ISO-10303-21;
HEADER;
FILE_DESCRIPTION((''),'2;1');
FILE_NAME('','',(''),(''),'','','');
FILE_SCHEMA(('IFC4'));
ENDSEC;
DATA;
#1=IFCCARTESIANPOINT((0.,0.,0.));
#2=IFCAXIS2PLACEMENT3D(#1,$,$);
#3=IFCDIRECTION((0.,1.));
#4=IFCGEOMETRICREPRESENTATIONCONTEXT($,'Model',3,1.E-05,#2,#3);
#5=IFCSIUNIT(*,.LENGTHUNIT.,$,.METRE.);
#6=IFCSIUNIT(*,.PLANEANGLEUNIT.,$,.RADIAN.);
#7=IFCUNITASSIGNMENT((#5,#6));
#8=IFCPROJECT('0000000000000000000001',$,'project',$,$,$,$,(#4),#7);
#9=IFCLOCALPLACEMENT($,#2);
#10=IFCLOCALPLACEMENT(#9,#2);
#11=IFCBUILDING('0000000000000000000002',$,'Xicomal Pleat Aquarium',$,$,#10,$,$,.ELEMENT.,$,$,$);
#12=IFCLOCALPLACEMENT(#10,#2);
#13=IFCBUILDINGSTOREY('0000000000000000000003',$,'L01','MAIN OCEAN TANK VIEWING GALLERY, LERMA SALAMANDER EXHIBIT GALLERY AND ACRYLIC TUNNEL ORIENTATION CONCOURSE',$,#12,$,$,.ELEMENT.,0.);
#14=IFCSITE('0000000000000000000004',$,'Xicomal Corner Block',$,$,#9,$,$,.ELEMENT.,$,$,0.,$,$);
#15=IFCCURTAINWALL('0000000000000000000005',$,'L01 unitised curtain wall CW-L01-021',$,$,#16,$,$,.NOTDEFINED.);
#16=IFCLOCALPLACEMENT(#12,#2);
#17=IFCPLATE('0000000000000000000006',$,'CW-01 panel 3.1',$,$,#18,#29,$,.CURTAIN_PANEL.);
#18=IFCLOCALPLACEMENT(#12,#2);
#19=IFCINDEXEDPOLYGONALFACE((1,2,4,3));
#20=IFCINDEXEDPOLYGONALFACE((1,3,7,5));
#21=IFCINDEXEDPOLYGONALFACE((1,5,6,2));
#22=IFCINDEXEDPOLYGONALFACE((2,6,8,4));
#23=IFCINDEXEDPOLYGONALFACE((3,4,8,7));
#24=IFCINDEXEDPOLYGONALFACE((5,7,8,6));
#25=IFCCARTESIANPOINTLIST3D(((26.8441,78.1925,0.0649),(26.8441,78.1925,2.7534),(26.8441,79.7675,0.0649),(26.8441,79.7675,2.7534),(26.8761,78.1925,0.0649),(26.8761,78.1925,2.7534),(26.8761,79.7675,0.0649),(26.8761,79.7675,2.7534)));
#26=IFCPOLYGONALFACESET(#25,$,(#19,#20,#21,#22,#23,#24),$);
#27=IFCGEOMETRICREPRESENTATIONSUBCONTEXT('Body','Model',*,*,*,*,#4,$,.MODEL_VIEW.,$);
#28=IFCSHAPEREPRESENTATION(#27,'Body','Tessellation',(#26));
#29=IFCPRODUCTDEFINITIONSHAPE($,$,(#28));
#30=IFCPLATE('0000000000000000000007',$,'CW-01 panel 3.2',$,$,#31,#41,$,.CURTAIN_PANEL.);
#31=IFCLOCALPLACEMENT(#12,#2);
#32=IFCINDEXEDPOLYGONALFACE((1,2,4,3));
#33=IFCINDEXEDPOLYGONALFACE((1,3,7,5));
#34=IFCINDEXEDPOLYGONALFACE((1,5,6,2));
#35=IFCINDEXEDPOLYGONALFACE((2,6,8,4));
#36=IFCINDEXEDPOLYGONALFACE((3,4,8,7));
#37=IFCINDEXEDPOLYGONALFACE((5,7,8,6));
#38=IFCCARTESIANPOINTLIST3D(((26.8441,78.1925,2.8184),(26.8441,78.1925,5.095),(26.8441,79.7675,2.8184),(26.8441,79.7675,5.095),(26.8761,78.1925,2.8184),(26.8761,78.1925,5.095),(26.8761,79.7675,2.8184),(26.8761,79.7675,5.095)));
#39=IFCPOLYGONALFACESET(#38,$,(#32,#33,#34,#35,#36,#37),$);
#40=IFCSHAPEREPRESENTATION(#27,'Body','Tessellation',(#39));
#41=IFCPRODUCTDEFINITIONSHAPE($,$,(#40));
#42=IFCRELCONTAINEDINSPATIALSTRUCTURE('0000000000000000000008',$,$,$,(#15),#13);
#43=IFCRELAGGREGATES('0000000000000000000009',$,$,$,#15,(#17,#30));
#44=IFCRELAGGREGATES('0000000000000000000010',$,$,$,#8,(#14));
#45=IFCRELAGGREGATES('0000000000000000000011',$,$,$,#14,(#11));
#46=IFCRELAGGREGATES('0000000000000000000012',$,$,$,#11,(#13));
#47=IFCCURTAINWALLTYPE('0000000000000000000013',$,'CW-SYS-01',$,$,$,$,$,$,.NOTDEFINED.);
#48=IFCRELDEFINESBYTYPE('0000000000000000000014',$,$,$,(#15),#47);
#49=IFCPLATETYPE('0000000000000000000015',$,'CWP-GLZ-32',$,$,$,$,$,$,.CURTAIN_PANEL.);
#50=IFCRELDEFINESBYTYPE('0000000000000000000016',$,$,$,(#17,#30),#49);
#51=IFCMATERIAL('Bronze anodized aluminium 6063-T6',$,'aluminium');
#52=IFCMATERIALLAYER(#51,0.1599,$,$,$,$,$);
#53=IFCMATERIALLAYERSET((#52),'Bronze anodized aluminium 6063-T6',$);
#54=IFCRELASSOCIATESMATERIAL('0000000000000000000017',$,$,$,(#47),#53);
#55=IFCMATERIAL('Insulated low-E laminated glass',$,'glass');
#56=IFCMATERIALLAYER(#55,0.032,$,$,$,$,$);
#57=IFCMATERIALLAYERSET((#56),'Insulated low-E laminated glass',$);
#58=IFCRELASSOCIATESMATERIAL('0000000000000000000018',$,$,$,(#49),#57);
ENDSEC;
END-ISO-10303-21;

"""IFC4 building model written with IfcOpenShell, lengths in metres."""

from ifc_helpers import new_model, si_unit, direction, frame, origin, origin_2d, place, context, subcontext, project, spatial, rectangle, extrude, material, layer, layer_set, type_object, element, aggregate, save


model = new_model("IFC4")

# Units and contexts
model_context = context("Model", 3, precision=1e-05, world=origin(), true_north=direction((0.0, 1.0)))
body_context = subcontext(model_context, "Body", "Model", "MODEL_VIEW")
ifc_project = project(units=[si_unit("LENGTHUNIT", "METRE"), si_unit("PLANEANGLEUNIT", "RADIAN")], contexts=[model_context])

# Site, building, storey
site_placement = place(None, origin())
site = spatial("IfcSite", under=ifc_project, at=site_placement, Name="Xicomal Corner Block", CompositionType="ELEMENT", RefElevation=0.0)
building_placement = place(site_placement, origin())
building = spatial("IfcBuilding", under=site, at=building_placement, Name="Xicomal Pleat Aquarium", CompositionType="ELEMENT")
storey_placement = place(building_placement, origin())
storey = spatial("IfcBuildingStorey", under=building, at=storey_placement, Name="L01", Description="MAIN OCEAN TANK VIEWING GALLERY, LERMA SALAMANDER EXHIBIT GALLERY AND ACRYLIC TUNNEL ORIENTATION CONCOURSE", CompositionType="ELEMENT", Elevation=0.0)

# Curtain wall, plates
ifc_material_1 = material(Name="Bronze anodized aluminium 6063-T6", Category="aluminium")
ifc_layer_1 = layer(ifc_material_1, 0.1599)
ifc_layer_set_1 = layer_set([ifc_layer_1], Name="Bronze anodized aluminium 6063-T6")
curtain_wall_type = type_object("IfcCurtainWallType", Name="CW-SYS-01", PredefinedType="NOTDEFINED", material=ifc_layer_set_1)
curtain_wall_placement = place(storey_placement, origin())
curtain_wall = element("IfcCurtainWall", 1, at=curtain_wall_placement, inside=storey, type_object=curtain_wall_type, Name="L01 unitised curtain wall CW-L01-021", PredefinedType="NOTDEFINED")
ifc_material_2 = material(Name="Insulated low-E laminated glass", Category="glass")
ifc_layer_2 = layer(ifc_material_2, 0.032)
ifc_layer_set_2 = layer_set([ifc_layer_2], Name="Insulated low-E laminated glass")
plate_type = type_object("IfcPlateType", Name="CWP-GLZ-32", PredefinedType="CURTAIN_PANEL", material=ifc_layer_set_2)
plate_1_placement = place(storey_placement, frame((26.8601, 78.98, 0.0649), z_axis=(0.0, 0.0, 1.0), x_axis=(0.0, -1.0, 0.0)))
plate_1 = element("IfcPlate", 2, at=plate_1_placement, type_object=plate_type, Name="CW-01 panel 3.1", PredefinedType="CURTAIN_PANEL", context=body_context, shape_type="SweptSolid", body=[
    extrude(rectangle(XDim=1.575, YDim=0.032, at=origin_2d()), origin(), (0.0, 0.0, 1.0), 2.6885),
])
plate_2_placement = place(storey_placement, frame((26.8601, 78.98, 2.8184), z_axis=(0.0, 0.0, 1.0), x_axis=(0.0, -1.0, 0.0)))
plate_2 = element("IfcPlate", 3, at=plate_2_placement, type_object=plate_type, Name="CW-01 panel 3.2", PredefinedType="CURTAIN_PANEL", context=body_context, shape_type="SweptSolid", body=[
    extrude(rectangle(XDim=1.575, YDim=0.032, at=origin_2d()), origin(), (0.0, 0.0, 1.0), 2.2766),
])
aggregate(curtain_wall, [plate_1, plate_2])

save(model, "model.ifc")
